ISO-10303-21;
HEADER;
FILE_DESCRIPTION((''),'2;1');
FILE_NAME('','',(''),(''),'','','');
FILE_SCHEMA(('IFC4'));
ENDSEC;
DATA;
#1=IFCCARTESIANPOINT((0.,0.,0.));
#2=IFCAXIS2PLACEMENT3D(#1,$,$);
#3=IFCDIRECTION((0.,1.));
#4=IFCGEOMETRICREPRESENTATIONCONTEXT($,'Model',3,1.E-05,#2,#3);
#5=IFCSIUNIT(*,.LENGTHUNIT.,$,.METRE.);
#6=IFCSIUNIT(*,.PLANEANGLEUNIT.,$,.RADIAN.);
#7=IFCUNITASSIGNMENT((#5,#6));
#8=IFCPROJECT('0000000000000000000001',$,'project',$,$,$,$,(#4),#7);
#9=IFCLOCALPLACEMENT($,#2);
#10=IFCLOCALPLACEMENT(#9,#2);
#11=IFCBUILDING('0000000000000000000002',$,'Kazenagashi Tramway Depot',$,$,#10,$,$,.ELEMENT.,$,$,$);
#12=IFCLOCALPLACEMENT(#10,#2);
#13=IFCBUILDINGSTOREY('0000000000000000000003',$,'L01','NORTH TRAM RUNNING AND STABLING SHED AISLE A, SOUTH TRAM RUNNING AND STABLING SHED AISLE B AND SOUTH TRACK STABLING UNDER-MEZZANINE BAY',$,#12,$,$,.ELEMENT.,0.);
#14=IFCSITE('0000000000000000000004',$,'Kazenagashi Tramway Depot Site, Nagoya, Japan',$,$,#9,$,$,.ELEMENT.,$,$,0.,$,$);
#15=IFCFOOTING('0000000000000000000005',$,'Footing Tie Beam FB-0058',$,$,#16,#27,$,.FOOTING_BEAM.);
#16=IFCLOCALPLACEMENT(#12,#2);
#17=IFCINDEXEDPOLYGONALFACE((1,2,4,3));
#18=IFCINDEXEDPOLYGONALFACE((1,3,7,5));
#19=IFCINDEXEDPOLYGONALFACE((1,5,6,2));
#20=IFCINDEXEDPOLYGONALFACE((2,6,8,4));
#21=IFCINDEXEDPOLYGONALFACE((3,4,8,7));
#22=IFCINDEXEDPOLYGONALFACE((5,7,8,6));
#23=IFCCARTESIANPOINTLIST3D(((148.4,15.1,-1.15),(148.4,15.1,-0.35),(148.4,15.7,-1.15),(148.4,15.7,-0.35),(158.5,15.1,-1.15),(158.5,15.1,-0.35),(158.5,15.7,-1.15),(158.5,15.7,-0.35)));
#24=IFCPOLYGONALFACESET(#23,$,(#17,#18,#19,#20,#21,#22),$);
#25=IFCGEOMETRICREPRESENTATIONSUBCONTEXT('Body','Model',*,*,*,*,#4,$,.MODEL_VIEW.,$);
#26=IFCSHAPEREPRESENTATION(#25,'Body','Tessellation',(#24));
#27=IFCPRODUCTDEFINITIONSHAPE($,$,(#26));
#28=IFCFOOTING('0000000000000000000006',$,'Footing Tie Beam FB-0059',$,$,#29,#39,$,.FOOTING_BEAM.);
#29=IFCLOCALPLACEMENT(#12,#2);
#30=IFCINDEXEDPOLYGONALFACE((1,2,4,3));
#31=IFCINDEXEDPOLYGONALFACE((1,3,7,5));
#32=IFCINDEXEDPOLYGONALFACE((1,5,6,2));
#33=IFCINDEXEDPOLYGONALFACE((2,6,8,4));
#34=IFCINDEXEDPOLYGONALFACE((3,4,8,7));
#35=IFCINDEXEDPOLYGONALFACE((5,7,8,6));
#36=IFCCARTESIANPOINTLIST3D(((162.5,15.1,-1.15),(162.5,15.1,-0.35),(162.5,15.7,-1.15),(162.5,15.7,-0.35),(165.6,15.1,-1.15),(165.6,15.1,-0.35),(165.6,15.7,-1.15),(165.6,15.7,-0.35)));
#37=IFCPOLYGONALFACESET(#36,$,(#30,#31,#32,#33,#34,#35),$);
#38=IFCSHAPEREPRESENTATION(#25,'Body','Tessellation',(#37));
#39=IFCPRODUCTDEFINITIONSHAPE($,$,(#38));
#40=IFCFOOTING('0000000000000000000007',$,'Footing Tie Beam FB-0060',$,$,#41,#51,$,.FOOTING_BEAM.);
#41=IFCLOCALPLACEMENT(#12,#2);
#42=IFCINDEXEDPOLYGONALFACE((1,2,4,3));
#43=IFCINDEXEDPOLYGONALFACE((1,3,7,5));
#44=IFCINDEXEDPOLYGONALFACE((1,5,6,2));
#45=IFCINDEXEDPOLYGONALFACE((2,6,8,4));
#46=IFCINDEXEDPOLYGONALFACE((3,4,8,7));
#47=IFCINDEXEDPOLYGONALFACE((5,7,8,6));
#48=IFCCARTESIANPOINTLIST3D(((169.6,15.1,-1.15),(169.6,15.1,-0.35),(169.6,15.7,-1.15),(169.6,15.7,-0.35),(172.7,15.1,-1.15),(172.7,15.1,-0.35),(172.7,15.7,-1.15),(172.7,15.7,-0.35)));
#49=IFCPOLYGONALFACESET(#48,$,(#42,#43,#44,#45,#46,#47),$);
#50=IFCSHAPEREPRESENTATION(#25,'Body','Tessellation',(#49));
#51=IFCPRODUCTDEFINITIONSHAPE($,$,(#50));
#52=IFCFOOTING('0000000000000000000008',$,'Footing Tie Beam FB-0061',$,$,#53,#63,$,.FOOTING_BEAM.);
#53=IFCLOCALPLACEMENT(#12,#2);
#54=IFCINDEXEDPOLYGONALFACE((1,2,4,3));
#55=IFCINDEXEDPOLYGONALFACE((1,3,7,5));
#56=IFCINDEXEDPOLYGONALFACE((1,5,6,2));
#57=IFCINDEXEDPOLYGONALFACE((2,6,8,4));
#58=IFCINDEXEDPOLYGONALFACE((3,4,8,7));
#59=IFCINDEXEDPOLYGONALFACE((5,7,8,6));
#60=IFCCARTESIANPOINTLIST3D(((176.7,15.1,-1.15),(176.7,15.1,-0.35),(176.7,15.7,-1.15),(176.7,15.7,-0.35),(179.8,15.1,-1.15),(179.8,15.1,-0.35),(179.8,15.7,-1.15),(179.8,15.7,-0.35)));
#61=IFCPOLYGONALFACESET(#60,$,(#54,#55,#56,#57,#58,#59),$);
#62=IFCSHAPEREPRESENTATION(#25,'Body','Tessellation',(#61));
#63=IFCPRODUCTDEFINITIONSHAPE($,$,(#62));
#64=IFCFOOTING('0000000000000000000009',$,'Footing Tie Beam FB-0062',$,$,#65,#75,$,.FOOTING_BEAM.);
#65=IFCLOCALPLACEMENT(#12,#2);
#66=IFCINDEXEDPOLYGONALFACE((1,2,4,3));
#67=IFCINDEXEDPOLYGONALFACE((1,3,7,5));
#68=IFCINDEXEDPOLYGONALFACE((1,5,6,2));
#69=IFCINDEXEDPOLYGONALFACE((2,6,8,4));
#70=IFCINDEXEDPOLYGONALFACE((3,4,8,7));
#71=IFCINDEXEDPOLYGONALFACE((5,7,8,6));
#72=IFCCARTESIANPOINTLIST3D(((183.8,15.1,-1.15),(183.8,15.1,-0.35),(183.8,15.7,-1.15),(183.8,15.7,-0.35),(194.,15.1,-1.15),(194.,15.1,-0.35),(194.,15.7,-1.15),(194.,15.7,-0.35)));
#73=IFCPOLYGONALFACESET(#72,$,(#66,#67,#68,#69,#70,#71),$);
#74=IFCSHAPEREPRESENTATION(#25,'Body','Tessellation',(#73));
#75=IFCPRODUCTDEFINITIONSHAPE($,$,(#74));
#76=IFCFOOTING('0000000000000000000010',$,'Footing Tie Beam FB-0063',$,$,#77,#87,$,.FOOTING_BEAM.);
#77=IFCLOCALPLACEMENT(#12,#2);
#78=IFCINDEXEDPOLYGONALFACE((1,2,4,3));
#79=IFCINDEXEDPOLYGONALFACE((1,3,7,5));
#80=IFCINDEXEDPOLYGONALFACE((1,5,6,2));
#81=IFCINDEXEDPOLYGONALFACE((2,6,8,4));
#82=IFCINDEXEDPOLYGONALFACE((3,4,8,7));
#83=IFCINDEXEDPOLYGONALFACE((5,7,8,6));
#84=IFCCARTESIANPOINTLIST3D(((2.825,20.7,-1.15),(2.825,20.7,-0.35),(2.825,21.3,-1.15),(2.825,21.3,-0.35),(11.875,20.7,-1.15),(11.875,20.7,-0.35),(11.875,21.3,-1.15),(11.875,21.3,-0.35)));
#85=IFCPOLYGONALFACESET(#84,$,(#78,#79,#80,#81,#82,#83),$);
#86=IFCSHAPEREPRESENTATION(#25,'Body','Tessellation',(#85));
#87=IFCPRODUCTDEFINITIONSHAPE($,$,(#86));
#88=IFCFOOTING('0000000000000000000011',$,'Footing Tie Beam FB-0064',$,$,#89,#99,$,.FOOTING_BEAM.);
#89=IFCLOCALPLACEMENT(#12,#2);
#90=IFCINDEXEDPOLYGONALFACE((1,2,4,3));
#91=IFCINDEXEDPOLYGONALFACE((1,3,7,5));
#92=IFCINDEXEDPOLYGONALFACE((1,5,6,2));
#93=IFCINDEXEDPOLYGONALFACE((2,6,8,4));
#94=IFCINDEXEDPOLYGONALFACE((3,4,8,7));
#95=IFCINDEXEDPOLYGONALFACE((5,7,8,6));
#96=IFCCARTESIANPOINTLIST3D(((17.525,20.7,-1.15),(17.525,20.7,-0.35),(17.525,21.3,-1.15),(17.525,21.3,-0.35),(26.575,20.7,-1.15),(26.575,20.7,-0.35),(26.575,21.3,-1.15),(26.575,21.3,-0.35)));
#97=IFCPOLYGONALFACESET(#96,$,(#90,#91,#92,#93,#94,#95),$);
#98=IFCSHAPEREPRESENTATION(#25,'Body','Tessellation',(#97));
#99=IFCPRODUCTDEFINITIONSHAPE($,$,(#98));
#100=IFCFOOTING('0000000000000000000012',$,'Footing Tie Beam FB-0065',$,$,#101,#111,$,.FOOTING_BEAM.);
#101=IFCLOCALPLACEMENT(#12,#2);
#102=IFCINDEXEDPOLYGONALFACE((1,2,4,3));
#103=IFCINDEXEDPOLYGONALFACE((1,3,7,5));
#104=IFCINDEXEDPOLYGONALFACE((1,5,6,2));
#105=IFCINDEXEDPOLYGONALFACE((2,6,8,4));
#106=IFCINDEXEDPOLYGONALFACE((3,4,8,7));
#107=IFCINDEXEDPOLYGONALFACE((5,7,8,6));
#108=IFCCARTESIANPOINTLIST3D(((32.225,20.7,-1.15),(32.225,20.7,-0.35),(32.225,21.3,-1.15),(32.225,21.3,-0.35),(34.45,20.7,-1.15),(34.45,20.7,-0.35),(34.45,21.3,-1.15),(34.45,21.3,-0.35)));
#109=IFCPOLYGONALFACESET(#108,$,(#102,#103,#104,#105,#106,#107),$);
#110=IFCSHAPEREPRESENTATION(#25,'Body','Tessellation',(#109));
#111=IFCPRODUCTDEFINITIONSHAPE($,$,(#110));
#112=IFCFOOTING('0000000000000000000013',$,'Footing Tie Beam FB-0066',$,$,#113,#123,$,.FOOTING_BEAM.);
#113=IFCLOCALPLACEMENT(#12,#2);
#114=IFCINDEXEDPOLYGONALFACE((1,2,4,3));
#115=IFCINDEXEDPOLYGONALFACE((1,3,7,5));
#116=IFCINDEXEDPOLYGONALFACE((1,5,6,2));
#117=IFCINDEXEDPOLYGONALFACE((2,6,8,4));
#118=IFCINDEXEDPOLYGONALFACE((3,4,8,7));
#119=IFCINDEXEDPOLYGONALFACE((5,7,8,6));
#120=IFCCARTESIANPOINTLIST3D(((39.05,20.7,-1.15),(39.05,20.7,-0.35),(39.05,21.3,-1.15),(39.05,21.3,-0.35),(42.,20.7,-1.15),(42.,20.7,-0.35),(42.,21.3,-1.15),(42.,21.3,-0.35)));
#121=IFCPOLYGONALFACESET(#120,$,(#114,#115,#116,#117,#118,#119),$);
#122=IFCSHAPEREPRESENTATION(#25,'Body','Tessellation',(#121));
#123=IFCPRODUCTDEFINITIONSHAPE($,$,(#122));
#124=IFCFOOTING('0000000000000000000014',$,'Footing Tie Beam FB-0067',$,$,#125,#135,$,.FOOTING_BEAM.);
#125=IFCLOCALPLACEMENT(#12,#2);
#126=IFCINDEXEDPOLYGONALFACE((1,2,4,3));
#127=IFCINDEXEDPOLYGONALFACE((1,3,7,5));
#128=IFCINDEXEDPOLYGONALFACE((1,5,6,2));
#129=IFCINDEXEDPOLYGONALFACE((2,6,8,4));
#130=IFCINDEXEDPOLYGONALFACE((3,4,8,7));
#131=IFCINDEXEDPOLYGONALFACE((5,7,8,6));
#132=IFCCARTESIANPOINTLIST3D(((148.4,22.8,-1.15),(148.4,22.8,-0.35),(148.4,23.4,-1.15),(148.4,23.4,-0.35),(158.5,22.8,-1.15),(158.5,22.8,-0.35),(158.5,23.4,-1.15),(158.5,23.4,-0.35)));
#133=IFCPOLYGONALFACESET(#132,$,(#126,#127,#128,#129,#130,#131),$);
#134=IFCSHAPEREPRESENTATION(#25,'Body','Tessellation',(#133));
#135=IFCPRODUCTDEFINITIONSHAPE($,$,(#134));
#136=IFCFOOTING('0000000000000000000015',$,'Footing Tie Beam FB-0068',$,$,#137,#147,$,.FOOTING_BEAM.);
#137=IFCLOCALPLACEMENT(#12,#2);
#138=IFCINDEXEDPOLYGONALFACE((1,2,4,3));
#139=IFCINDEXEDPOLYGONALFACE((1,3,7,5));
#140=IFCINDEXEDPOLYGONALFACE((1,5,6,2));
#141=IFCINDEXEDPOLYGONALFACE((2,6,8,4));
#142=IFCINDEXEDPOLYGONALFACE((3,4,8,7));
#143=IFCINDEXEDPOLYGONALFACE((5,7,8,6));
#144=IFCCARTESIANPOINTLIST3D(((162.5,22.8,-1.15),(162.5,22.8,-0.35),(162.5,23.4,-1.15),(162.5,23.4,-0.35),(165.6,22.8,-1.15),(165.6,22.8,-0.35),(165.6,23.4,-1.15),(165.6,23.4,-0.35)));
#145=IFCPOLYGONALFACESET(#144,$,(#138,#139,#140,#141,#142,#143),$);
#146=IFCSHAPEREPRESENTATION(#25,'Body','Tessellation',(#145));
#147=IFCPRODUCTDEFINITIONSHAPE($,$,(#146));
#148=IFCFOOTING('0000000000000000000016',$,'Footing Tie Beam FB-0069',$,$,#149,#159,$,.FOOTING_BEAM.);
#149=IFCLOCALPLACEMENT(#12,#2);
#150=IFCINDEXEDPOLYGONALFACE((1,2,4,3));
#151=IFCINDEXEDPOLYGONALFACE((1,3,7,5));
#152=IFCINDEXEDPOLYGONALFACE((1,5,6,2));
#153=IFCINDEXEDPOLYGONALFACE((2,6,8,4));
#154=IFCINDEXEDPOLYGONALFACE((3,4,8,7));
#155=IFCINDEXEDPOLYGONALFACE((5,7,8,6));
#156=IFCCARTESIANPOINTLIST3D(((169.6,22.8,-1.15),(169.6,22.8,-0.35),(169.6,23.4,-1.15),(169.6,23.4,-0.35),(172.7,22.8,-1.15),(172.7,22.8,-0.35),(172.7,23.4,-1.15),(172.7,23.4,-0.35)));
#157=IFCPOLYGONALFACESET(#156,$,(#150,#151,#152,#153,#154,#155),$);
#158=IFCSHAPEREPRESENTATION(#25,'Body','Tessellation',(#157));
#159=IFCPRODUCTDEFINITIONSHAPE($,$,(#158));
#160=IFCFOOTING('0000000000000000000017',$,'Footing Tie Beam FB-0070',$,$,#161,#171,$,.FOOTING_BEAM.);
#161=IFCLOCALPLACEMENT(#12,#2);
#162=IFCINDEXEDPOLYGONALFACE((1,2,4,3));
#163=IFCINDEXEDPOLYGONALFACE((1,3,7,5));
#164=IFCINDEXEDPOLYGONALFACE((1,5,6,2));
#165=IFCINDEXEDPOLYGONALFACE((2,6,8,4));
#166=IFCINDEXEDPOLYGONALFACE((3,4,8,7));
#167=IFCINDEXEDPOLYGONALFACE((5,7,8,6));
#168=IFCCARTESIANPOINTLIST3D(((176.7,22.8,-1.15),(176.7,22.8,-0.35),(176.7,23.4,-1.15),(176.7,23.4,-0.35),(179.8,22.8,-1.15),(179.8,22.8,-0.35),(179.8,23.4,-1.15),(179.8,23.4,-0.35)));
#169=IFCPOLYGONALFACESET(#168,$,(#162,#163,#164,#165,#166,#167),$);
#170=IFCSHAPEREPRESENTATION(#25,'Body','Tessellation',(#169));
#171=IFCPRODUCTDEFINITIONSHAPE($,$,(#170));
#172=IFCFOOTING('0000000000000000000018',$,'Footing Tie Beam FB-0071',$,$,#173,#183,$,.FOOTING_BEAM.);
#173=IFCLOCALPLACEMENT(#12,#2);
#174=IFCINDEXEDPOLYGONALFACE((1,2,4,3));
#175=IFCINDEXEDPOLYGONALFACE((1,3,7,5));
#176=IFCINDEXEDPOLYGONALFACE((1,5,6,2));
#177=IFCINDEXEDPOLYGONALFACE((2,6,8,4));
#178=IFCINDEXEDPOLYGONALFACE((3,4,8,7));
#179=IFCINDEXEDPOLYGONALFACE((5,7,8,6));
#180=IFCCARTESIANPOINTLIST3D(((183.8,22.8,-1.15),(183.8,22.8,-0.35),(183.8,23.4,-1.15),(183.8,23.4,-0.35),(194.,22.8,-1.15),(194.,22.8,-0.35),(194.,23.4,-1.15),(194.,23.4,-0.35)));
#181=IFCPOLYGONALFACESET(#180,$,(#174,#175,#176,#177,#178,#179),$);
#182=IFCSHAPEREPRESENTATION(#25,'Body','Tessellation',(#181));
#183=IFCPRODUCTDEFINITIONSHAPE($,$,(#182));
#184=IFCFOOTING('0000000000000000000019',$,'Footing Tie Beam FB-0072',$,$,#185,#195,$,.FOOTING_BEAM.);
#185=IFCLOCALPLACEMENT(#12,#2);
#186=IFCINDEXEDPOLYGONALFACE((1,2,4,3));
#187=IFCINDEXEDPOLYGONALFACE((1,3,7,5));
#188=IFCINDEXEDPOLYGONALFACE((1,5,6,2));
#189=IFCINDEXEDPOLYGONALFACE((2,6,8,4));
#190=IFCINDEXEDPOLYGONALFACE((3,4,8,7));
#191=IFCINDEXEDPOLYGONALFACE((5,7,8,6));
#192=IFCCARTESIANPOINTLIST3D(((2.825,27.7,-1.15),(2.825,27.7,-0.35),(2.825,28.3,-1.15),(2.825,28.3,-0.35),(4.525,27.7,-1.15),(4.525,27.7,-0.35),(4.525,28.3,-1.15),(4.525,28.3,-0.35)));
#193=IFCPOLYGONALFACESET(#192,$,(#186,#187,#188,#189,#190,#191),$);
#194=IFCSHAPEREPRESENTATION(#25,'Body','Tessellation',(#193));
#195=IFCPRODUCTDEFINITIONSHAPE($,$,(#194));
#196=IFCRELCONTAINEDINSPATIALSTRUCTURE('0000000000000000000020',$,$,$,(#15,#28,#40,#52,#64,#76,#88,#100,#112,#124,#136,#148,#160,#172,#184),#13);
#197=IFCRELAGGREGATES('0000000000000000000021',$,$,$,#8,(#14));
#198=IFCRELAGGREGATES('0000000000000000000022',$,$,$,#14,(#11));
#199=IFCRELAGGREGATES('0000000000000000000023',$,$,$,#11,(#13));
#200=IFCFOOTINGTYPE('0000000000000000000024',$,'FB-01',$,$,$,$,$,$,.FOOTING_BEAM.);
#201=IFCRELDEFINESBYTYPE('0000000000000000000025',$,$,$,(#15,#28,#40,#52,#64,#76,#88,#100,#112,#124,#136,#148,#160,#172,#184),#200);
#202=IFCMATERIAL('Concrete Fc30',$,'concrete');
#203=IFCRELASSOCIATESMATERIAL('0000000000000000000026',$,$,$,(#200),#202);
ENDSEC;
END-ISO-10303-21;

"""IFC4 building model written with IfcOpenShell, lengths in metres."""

from ifc_helpers import new_model, si_unit, direction, frame, origin, place, context, subcontext, project, spatial, polyline, outline, extrude, material, type_object, element, save


model = new_model("IFC4")

# Units and contexts
model_context = context("Model", 3, precision=1e-05, world=origin(), true_north=direction((0.0, 1.0)))
body_context = subcontext(model_context, "Body", "Model", "MODEL_VIEW")
ifc_project = project(units=[si_unit("LENGTHUNIT", "METRE"), si_unit("PLANEANGLEUNIT", "RADIAN")], contexts=[model_context])

# Site, building, storey
site_placement = place(None, origin())
site = spatial("IfcSite", under=ifc_project, at=site_placement, Name="Kazenagashi Tramway Depot Site, Nagoya, Japan", CompositionType="ELEMENT", RefElevation=0.0)
building_placement = place(site_placement, origin())
building = spatial("IfcBuilding", under=site, at=building_placement, Name="Kazenagashi Tramway Depot", CompositionType="ELEMENT")
storey_placement = place(building_placement, origin())
storey = spatial("IfcBuildingStorey", under=building, at=storey_placement, Name="L01", Description="NORTH TRAM RUNNING AND STABLING SHED AISLE A, SOUTH TRAM RUNNING AND STABLING SHED AISLE B AND SOUTH TRACK STABLING UNDER-MEZZANINE BAY", CompositionType="ELEMENT", Elevation=0.0)

# Footings
ifc_material = material(Name="Concrete Fc30", Category="concrete")
footing_type = type_object("IfcFootingType", Name="FB-01", PredefinedType="FOOTING_BEAM", material=ifc_material)
footing_1_placement = place(storey_placement, frame((0.0, 0.0, -1.15)))
element("IfcFooting", 1, at=footing_1_placement, inside=storey, type_object=footing_type, Name="Footing Tie Beam FB-0058", PredefinedType="FOOTING_BEAM", context=body_context, shape_type="SweptSolid", body=[
    extrude(outline(polyline([(148.4, 15.1), (158.5, 15.1), (158.5, 15.7), (148.4, 15.7), (148.4, 15.1)])), origin(), (0.0, 0.0, 1.0), 0.8),
])
footing_2_placement = place(storey_placement, frame((0.0, 0.0, -1.15)))
element("IfcFooting", 2, at=footing_2_placement, inside=storey, type_object=footing_type, Name="Footing Tie Beam FB-0059", PredefinedType="FOOTING_BEAM", context=body_context, shape_type="SweptSolid", body=[
    extrude(outline(polyline([(162.5, 15.1), (165.6, 15.1), (165.6, 15.7), (162.5, 15.7), (162.5, 15.1)])), origin(), (0.0, 0.0, 1.0), 0.8),
])
footing_3_placement = place(storey_placement, frame((0.0, 0.0, -1.15)))
element("IfcFooting", 3, at=footing_3_placement, inside=storey, type_object=footing_type, Name="Footing Tie Beam FB-0060", PredefinedType="FOOTING_BEAM", context=body_context, shape_type="SweptSolid", body=[
    extrude(outline(polyline([(169.6, 15.1), (172.7, 15.1), (172.7, 15.7), (169.6, 15.7), (169.6, 15.1)])), origin(), (0.0, 0.0, 1.0), 0.8),
])
footing_4_placement = place(storey_placement, frame((0.0, 0.0, -1.15)))
element("IfcFooting", 4, at=footing_4_placement, inside=storey, type_object=footing_type, Name="Footing Tie Beam FB-0061", PredefinedType="FOOTING_BEAM", context=body_context, shape_type="SweptSolid", body=[
    extrude(outline(polyline([(176.7, 15.1), (179.8, 15.1), (179.8, 15.7), (176.7, 15.7), (176.7, 15.1)])), origin(), (0.0, 0.0, 1.0), 0.8),
])
footing_5_placement = place(storey_placement, frame((0.0, 0.0, -1.15)))
element("IfcFooting", 5, at=footing_5_placement, inside=storey, type_object=footing_type, Name="Footing Tie Beam FB-0062", PredefinedType="FOOTING_BEAM", context=body_context, shape_type="SweptSolid", body=[
    extrude(outline(polyline([(183.8, 15.1), (194.0, 15.1), (194.0, 15.7), (183.8, 15.7), (183.8, 15.1)])), origin(), (0.0, 0.0, 1.0), 0.8),
])
footing_6_placement = place(storey_placement, frame((0.0, 0.0, -1.15)))
element("IfcFooting", 6, at=footing_6_placement, inside=storey, type_object=footing_type, Name="Footing Tie Beam FB-0063", PredefinedType="FOOTING_BEAM", context=body_context, shape_type="SweptSolid", body=[
    extrude(outline(polyline([(2.825, 20.7), (11.875, 20.7), (11.875, 21.3), (2.825, 21.3), (2.825, 20.7)])), origin(), (0.0, 0.0, 1.0), 0.8),
])
footing_7_placement = place(storey_placement, frame((0.0, 0.0, -1.15)))
element("IfcFooting", 7, at=footing_7_placement, inside=storey, type_object=footing_type, Name="Footing Tie Beam FB-0064", PredefinedType="FOOTING_BEAM", context=body_context, shape_type="SweptSolid", body=[
    extrude(outline(polyline([(17.525, 20.7), (26.575, 20.7), (26.575, 21.3), (17.525, 21.3), (17.525, 20.7)])), origin(), (0.0, 0.0, 1.0), 0.8),
])
footing_8_placement = place(storey_placement, frame((0.0, 0.0, -1.15)))
element("IfcFooting", 8, at=footing_8_placement, inside=storey, type_object=footing_type, Name="Footing Tie Beam FB-0065", PredefinedType="FOOTING_BEAM", context=body_context, shape_type="SweptSolid", body=[
    extrude(outline(polyline([(32.225, 20.7), (34.45, 20.7), (34.45, 21.3), (32.225, 21.3), (32.225, 20.7)])), origin(), (0.0, 0.0, 1.0), 0.8),
])
footing_9_placement = place(storey_placement, frame((0.0, 0.0, -1.15)))
element("IfcFooting", 9, at=footing_9_placement, inside=storey, type_object=footing_type, Name="Footing Tie Beam FB-0066", PredefinedType="FOOTING_BEAM", context=body_context, shape_type="SweptSolid", body=[
    extrude(outline(polyline([(39.05, 20.7), (42.0, 20.7), (42.0, 21.3), (39.05, 21.3), (39.05, 20.7)])), origin(), (0.0, 0.0, 1.0), 0.8),
])
footing_10_placement = place(storey_placement, frame((0.0, 0.0, -1.15)))
element("IfcFooting", 10, at=footing_10_placement, inside=storey, type_object=footing_type, Name="Footing Tie Beam FB-0067", PredefinedType="FOOTING_BEAM", context=body_context, shape_type="SweptSolid", body=[
    extrude(outline(polyline([(148.4, 22.8), (158.5, 22.8), (158.5, 23.4), (148.4, 23.4), (148.4, 22.8)])), origin(), (0.0, 0.0, 1.0), 0.8),
])
footing_11_placement = place(storey_placement, frame((0.0, 0.0, -1.15)))
element("IfcFooting", 11, at=footing_11_placement, inside=storey, type_object=footing_type, Name="Footing Tie Beam FB-0068", PredefinedType="FOOTING_BEAM", context=body_context, shape_type="SweptSolid", body=[
    extrude(outline(polyline([(162.5, 22.8), (165.6, 22.8), (165.6, 23.4), (162.5, 23.4), (162.5, 22.8)])), origin(), (0.0, 0.0, 1.0), 0.8),
])
footing_12_placement = place(storey_placement, frame((0.0, 0.0, -1.15)))
element("IfcFooting", 12, at=footing_12_placement, inside=storey, type_object=footing_type, Name="Footing Tie Beam FB-0069", PredefinedType="FOOTING_BEAM", context=body_context, shape_type="SweptSolid", body=[
    extrude(outline(polyline([(169.6, 22.8), (172.7, 22.8), (172.7, 23.4), (169.6, 23.4), (169.6, 22.8)])), origin(), (0.0, 0.0, 1.0), 0.8),
])
footing_13_placement = place(storey_placement, frame((0.0, 0.0, -1.15)))
element("IfcFooting", 13, at=footing_13_placement, inside=storey, type_object=footing_type, Name="Footing Tie Beam FB-0070", PredefinedType="FOOTING_BEAM", context=body_context, shape_type="SweptSolid", body=[
    extrude(outline(polyline([(176.7, 22.8), (179.8, 22.8), (179.8, 23.4), (176.7, 23.4), (176.7, 22.8)])), origin(), (0.0, 0.0, 1.0), 0.8),
])
footing_14_placement = place(storey_placement, frame((0.0, 0.0, -1.15)))
element("IfcFooting", 14, at=footing_14_placement, inside=storey, type_object=footing_type, Name="Footing Tie Beam FB-0071", PredefinedType="FOOTING_BEAM", context=body_context, shape_type="SweptSolid", body=[
    extrude(outline(polyline([(183.8, 22.8), (194.0, 22.8), (194.0, 23.4), (183.8, 23.4), (183.8, 22.8)])), origin(), (0.0, 0.0, 1.0), 0.8),
])
footing_15_placement = place(storey_placement, frame((0.0, 0.0, -1.15)))
element("IfcFooting", 15, at=footing_15_placement, inside=storey, type_object=footing_type, Name="Footing Tie Beam FB-0072", PredefinedType="FOOTING_BEAM", context=body_context, shape_type="SweptSolid", body=[
    extrude(outline(polyline([(2.825, 27.7), (4.525, 27.7), (4.525, 28.3), (2.825, 28.3), (2.825, 27.7)])), origin(), (0.0, 0.0, 1.0), 0.8),
])

save(model, "model.ifc")
